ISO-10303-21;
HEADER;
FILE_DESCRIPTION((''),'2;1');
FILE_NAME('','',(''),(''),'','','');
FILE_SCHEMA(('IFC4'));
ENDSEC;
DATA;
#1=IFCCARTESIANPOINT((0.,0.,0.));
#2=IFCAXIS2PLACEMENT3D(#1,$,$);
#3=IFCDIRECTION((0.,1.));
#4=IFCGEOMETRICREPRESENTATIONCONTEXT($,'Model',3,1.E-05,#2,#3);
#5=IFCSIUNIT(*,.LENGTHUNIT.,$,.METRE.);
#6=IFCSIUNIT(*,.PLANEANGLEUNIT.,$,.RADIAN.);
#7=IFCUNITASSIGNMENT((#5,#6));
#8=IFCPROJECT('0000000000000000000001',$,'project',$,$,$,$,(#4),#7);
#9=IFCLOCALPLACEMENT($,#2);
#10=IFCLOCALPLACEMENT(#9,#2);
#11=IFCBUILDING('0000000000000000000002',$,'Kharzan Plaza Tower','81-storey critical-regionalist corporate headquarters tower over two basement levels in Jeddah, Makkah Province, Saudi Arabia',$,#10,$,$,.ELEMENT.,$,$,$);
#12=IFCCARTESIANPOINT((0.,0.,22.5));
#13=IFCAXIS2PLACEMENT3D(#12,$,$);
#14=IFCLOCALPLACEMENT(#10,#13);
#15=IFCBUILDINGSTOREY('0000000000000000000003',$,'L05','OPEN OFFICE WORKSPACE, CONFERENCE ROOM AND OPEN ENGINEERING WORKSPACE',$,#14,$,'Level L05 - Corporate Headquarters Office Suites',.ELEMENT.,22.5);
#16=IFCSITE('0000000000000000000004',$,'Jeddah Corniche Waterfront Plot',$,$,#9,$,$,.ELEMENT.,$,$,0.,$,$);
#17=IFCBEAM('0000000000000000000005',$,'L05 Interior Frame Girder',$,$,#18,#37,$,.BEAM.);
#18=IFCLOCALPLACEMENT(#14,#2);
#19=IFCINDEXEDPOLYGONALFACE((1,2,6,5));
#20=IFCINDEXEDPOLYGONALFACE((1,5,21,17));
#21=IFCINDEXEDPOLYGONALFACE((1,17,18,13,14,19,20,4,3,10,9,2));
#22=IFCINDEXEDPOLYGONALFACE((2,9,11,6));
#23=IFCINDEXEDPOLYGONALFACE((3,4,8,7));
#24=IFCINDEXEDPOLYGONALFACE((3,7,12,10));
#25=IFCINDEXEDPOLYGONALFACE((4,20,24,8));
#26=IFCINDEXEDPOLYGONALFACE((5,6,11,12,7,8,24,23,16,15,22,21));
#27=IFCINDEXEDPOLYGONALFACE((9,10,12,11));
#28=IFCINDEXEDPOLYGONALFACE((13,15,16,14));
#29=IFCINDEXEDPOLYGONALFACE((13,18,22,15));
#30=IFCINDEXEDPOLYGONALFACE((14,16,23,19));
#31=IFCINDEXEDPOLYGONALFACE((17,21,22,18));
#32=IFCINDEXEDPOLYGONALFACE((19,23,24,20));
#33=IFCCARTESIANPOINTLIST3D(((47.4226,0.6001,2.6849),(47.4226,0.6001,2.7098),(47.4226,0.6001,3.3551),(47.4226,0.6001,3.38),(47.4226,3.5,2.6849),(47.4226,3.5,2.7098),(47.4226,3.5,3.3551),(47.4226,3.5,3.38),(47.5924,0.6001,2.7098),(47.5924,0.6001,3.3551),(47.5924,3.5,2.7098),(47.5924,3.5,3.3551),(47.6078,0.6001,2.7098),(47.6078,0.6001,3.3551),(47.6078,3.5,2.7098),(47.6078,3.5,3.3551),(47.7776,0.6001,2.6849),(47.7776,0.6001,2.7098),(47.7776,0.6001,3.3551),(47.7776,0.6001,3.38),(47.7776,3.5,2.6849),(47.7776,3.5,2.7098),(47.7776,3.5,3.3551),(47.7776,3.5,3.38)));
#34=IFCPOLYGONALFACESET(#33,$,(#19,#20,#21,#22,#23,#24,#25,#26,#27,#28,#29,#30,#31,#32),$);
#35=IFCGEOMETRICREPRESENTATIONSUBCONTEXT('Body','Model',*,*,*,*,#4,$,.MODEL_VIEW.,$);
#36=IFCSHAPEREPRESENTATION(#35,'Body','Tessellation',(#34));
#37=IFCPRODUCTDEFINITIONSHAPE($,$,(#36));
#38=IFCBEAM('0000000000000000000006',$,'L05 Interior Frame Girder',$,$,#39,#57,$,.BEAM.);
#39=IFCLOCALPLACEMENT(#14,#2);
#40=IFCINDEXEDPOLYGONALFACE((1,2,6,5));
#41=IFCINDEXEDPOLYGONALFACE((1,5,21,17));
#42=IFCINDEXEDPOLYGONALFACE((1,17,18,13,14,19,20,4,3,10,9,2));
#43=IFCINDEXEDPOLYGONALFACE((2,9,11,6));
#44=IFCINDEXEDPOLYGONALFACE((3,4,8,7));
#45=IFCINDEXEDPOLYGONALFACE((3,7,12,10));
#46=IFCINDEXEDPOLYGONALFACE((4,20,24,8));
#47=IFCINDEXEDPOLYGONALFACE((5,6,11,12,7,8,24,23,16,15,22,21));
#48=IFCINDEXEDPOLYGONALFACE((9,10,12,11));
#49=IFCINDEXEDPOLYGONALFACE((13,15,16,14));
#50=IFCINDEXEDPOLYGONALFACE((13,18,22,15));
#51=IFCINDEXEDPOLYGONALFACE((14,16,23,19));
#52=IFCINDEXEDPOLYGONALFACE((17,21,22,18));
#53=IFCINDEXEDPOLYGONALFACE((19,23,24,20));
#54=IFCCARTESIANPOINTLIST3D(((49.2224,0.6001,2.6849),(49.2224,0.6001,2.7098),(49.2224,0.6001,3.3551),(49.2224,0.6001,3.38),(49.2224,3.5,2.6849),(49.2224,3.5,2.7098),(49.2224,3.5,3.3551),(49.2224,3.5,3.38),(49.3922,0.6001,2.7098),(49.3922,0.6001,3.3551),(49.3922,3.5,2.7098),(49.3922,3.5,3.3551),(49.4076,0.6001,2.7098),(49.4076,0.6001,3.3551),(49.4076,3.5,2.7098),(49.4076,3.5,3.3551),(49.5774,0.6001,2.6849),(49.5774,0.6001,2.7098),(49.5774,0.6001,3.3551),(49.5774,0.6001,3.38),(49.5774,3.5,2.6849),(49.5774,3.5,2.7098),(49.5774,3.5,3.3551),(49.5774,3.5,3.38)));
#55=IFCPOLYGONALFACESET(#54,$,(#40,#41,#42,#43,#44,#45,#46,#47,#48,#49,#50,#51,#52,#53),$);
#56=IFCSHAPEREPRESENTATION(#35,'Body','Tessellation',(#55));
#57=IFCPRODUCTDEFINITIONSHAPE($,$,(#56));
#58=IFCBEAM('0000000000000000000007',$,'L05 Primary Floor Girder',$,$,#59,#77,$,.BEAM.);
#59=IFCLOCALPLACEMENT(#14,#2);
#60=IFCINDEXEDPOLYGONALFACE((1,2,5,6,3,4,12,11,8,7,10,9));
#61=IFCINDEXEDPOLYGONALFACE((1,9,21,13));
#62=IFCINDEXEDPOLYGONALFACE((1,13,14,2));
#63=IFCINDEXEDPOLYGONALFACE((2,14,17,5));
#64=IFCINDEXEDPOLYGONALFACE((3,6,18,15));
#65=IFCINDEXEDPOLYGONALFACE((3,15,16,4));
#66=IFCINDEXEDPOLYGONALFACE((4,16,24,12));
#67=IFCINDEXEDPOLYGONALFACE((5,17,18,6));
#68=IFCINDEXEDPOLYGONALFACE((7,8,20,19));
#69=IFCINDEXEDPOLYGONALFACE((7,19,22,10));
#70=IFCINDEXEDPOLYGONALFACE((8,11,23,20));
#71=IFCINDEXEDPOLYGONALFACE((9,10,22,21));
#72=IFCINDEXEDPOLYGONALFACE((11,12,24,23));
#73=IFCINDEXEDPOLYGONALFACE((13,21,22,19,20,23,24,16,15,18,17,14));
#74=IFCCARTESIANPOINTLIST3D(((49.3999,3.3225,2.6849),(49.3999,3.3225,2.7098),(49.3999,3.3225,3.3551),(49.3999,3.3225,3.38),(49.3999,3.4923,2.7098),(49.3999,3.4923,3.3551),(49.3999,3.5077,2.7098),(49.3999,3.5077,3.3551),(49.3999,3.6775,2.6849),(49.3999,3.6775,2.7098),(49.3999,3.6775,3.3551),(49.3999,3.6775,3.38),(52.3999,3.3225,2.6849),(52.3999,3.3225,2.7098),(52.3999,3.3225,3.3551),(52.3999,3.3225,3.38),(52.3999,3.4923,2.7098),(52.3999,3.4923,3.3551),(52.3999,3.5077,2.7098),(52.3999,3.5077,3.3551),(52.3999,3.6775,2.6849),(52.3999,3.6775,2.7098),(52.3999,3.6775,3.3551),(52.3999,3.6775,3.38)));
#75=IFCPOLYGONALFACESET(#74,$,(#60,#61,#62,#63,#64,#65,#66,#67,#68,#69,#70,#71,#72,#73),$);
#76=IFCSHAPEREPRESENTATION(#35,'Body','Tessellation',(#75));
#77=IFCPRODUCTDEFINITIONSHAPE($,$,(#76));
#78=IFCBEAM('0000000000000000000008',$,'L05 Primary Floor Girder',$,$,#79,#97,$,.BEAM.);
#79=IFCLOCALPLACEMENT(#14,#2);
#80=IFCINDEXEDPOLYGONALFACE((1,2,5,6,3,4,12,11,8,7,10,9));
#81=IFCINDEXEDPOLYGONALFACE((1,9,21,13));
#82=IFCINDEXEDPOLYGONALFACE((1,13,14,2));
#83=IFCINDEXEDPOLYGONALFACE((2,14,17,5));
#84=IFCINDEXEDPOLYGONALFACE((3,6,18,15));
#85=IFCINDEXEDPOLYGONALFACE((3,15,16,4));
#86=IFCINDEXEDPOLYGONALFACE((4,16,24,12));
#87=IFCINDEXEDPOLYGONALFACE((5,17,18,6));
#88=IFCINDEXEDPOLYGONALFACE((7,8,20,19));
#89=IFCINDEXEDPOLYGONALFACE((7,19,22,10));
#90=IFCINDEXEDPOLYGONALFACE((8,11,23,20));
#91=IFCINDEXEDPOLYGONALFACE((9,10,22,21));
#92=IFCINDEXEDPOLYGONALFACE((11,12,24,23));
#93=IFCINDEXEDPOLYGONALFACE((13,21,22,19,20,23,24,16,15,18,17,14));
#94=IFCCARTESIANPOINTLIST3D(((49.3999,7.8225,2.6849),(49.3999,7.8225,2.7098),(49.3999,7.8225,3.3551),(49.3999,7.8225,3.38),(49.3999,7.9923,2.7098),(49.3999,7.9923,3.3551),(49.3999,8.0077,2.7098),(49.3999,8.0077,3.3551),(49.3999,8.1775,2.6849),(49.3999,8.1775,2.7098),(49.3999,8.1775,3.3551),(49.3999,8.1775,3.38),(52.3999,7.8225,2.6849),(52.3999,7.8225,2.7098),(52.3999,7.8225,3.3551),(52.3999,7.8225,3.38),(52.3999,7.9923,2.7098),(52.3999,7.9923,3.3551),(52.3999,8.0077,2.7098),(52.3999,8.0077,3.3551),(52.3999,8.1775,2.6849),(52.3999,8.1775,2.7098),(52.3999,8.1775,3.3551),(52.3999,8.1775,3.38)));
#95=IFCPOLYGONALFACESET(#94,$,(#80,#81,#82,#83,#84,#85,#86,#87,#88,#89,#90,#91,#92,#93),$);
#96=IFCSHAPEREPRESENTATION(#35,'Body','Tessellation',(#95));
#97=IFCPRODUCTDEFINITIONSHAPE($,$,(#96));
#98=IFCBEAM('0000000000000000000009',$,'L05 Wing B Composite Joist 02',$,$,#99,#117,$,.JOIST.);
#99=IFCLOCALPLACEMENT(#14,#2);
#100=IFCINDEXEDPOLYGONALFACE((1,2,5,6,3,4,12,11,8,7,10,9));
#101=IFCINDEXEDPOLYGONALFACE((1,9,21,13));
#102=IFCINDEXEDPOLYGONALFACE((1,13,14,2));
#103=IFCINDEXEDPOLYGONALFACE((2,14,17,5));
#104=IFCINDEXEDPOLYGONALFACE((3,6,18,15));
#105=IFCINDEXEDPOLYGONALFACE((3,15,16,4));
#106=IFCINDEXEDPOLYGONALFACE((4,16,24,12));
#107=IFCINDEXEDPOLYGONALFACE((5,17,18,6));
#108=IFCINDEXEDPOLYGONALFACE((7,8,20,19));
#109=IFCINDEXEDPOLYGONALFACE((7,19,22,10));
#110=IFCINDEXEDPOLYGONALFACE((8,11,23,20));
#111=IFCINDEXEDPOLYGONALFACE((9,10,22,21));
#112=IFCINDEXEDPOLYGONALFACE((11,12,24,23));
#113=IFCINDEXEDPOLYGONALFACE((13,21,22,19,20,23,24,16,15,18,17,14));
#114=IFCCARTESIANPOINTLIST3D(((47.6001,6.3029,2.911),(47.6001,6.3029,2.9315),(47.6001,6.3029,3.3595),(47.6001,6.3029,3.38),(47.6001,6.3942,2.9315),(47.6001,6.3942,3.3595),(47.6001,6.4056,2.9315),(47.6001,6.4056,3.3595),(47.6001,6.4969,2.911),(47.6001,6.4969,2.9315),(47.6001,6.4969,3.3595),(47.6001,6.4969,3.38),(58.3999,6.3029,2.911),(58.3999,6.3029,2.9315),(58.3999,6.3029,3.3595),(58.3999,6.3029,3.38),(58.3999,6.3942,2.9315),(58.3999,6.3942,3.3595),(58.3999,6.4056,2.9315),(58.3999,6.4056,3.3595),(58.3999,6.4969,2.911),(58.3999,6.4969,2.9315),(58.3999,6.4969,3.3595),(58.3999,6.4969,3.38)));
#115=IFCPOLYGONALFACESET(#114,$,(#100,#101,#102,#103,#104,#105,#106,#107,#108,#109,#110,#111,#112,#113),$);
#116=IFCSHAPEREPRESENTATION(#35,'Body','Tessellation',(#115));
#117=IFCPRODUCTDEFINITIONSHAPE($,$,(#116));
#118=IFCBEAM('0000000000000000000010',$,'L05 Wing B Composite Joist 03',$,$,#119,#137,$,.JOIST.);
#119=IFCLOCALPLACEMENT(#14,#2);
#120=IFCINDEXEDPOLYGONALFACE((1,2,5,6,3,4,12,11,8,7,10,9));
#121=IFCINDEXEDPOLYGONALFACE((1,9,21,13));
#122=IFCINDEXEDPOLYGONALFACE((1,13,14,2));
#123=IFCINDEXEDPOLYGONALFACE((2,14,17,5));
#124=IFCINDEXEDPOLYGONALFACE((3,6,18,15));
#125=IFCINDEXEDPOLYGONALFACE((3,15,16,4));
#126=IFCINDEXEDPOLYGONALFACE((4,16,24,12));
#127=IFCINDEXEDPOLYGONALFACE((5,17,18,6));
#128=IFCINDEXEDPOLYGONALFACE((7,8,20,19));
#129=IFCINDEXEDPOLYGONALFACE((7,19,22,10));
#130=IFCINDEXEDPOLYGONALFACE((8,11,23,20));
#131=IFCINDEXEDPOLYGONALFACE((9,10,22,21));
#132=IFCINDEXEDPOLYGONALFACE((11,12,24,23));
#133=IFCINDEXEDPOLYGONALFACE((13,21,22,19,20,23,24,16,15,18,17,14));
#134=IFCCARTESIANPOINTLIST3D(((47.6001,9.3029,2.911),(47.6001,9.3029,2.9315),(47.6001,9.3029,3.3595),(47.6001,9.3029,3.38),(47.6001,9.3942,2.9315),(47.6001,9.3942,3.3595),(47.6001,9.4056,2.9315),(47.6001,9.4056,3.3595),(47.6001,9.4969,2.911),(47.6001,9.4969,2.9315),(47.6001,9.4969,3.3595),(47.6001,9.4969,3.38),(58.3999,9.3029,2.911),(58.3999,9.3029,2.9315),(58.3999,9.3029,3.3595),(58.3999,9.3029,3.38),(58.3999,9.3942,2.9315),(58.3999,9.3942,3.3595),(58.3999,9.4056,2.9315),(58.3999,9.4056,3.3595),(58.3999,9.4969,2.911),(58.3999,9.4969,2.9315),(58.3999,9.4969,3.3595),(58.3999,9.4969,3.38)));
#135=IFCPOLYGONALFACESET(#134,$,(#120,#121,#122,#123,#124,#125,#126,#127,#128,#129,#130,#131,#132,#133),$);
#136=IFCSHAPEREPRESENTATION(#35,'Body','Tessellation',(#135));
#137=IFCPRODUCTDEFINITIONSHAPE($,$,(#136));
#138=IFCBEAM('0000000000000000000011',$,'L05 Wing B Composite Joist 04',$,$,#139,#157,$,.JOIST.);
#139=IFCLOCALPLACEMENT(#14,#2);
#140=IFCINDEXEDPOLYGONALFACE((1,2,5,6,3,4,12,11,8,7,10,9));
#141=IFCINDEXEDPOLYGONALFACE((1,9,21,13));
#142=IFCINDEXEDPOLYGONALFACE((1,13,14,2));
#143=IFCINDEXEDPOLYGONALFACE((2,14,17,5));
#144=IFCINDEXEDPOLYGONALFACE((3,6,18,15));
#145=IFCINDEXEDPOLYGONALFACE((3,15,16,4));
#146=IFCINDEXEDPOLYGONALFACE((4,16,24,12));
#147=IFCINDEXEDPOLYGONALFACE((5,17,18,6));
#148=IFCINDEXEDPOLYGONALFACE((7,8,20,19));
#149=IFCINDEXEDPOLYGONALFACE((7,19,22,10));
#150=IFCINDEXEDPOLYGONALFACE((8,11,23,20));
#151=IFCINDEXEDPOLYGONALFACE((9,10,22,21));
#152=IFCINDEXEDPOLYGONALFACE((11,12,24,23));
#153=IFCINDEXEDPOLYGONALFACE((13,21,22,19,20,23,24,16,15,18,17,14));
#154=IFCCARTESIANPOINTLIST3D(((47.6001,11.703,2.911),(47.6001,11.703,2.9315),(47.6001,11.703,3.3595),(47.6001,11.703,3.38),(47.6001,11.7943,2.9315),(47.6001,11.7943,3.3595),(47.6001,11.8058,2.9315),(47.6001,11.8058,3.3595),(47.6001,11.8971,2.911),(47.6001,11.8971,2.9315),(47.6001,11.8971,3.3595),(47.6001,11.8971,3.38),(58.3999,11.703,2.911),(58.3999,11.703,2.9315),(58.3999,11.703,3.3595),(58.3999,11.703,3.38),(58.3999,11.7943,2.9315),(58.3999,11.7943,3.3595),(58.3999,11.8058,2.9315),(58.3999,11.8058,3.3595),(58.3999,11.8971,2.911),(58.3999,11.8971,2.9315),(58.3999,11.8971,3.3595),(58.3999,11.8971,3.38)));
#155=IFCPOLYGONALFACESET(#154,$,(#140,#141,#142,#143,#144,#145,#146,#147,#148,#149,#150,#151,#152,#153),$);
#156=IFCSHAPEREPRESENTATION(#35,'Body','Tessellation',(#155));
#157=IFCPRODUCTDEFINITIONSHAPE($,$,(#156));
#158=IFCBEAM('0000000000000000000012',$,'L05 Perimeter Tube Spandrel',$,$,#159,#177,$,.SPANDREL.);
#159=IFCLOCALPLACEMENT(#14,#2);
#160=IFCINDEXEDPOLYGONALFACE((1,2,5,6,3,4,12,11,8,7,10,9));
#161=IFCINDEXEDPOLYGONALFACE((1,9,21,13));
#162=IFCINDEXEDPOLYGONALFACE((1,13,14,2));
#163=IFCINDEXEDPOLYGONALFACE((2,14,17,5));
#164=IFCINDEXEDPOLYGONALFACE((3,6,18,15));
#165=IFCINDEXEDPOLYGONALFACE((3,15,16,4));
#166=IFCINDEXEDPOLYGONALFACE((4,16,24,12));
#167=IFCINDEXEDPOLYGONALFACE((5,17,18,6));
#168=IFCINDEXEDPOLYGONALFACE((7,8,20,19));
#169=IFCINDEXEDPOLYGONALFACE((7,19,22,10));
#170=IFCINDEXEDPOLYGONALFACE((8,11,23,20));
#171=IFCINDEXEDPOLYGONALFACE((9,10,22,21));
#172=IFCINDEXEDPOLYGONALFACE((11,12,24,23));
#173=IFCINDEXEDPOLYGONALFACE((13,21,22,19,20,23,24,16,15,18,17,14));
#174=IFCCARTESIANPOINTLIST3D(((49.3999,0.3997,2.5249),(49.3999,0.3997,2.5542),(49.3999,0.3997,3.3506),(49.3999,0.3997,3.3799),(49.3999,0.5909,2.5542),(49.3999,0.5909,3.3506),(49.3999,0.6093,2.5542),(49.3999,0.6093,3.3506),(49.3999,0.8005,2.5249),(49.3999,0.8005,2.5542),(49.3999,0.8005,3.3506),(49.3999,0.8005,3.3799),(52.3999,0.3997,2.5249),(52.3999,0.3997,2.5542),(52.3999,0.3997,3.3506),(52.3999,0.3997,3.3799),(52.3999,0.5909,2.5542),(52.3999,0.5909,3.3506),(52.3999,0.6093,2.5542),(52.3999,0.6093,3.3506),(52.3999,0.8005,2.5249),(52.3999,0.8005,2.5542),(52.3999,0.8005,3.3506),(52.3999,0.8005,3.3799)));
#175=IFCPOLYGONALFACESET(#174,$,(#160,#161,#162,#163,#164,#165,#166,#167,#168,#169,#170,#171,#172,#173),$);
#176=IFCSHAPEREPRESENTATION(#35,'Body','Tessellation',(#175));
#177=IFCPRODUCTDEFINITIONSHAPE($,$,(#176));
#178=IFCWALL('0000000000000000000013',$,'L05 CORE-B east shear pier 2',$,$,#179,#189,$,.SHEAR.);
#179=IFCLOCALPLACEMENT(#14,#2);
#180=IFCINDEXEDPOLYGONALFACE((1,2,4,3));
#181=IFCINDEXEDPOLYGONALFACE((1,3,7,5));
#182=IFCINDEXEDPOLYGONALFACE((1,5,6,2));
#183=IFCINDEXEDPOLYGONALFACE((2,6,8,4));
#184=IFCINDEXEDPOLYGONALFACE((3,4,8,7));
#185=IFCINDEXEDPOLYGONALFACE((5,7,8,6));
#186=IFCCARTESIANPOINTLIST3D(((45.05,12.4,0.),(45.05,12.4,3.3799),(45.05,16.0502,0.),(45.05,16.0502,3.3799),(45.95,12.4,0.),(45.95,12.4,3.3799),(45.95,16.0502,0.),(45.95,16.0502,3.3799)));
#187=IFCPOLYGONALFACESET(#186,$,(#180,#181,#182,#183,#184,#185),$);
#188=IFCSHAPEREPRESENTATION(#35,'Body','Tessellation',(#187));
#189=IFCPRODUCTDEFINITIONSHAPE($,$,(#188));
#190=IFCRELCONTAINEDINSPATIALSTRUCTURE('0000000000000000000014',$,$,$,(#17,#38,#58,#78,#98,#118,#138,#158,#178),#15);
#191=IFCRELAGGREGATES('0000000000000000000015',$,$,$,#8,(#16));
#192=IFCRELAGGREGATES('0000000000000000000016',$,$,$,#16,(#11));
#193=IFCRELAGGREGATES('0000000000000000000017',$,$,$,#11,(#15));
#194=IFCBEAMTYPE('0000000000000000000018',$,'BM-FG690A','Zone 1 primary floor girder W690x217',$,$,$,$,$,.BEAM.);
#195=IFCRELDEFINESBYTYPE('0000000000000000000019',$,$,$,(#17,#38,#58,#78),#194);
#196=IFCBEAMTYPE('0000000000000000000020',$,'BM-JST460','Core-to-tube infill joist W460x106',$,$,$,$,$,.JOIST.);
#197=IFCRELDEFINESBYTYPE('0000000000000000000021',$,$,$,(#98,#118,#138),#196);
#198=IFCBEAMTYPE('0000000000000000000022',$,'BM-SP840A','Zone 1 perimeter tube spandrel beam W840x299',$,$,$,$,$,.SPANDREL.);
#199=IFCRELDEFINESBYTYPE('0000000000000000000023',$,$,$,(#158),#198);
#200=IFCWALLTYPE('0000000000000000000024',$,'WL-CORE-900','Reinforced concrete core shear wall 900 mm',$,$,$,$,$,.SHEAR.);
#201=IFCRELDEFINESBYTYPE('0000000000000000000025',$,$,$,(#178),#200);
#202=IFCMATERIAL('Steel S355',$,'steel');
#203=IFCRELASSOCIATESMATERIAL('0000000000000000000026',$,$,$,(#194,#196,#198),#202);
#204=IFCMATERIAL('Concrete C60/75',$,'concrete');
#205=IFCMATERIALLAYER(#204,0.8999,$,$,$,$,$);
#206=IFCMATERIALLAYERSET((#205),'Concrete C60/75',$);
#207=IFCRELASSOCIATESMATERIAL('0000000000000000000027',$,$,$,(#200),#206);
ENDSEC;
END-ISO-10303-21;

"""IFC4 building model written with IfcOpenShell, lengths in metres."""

from ifc_helpers import new_model, si_unit, direction, frame, frame_2d, origin, origin_2d, place, context, subcontext, project, spatial, rectangle, i_section, extrude, source, transform, mapped, material, layer, layer_set, material_profile, profile_set, type_object, element, save


model = new_model("IFC4")

# Units and contexts
model_context = context("Model", 3, precision=1e-05, world=origin(), true_north=direction((0.0, 1.0)))
body_context = subcontext(model_context, "Body", "Model", "MODEL_VIEW")
ifc_project = project(units=[si_unit("LENGTHUNIT", "METRE"), si_unit("PLANEANGLEUNIT", "RADIAN")], contexts=[model_context])

# Site, building, storey
site_placement = place(None, origin())
site = spatial("IfcSite", under=ifc_project, at=site_placement, Name="Jeddah Corniche Waterfront Plot", CompositionType="ELEMENT", RefElevation=0.0)
building_placement = place(site_placement, origin())
building = spatial("IfcBuilding", under=site, at=building_placement, Name="Kharzan Plaza Tower", Description="81-storey critical-regionalist corporate headquarters tower over two basement levels in Jeddah, Makkah Province, Saudi Arabia", CompositionType="ELEMENT")
storey_placement = place(building_placement, frame((0.0, 0.0, 22.5)))
storey = spatial("IfcBuildingStorey", under=building, at=storey_placement, Name="L05", Description="OPEN OFFICE WORKSPACE, CONFERENCE ROOM AND OPEN ENGINEERING WORKSPACE", LongName="Level L05 - Corporate Headquarters Office Suites", CompositionType="ELEMENT", Elevation=22.5)

# Shared definitions
ifc_material_1 = material(Name="Concrete C60/75", Category="concrete")

# Beams
ifc_material_2 = material(Name="Steel S355", Category="steel")
ifc_material_profile_1 = material_profile(ifc_material_2, i_section(OverallWidth=0.355, OverallDepth=0.6951, WebThickness=0.0154, FlangeThickness=0.0249, at=origin_2d()), Name="W690x217")
ifc_profile_set_1 = profile_set([ifc_material_profile_1], Name="Steel S355")
beam_type_1 = type_object("IfcBeamType", Name="BM-FG690A", Description="Zone 1 primary floor girder W690x217", PredefinedType="BEAM", material=ifc_profile_set_1)
shared_shape_1 = source(origin(), body_context, "Body", "SweptSolid", [
    extrude(i_section(OverallWidth=0.355, OverallDepth=0.6951, WebThickness=0.0154, FlangeThickness=0.0249, at=origin_2d()), origin(), (0.0, 0.0, 1.0), 2.8999),
])
for number, where, z_axis, x_axis, name in (
    (1, (47.6001, 0.6001, 3.0325), (0.0, 1.0, 0.0), (-1.0, 0.0, 0.0), "L05 Interior Frame Girder"),
    (2, (49.3999, 0.6001, 3.0325), (0.0, 1.0, 0.0), (-1.0, 0.0, 0.0), "L05 Interior Frame Girder"),
):
    element("IfcBeam", number, at=place(storey_placement, frame(where, z_axis=z_axis, x_axis=x_axis)), inside=storey, type_object=beam_type_1, Name=name, PredefinedType="BEAM", context=body_context, shape_type="MappedRepresentation", body=[
        mapped(shared_shape_1, transform((0.0, 0.0, 0.0), x_axis=(1.0, 0.0, 0.0), y_axis=(0.0, 1.0, 0.0), z_axis=(0.0, 0.0, 1.0))),
    ])
shared_shape_2 = source(origin(), body_context, "Body", "SweptSolid", [
    extrude(i_section(OverallWidth=0.355, OverallDepth=0.6951, WebThickness=0.0154, FlangeThickness=0.0249, at=origin_2d()), origin(), (0.0, 0.0, 1.0), 3.0),
])
for number, where, z_axis, x_axis, name in (
    (3, (49.3999, 3.5, 3.0325), (1.0, 0.0, 0.0), (0.0, 1.0, 0.0), "L05 Primary Floor Girder"),
    (4, (49.3999, 8.0, 3.0325), (1.0, 0.0, 0.0), (0.0, 1.0, 0.0), "L05 Primary Floor Girder"),
):
    element("IfcBeam", number, at=place(storey_placement, frame(where, z_axis=z_axis, x_axis=x_axis)), inside=storey, type_object=beam_type_1, Name=name, PredefinedType="BEAM", context=body_context, shape_type="MappedRepresentation", body=[
        mapped(shared_shape_2, transform((0.0, 0.0, 0.0), x_axis=(1.0, 0.0, 0.0), y_axis=(0.0, 1.0, 0.0), z_axis=(0.0, 0.0, 1.0))),
    ])
ifc_material_profile_2 = material_profile(ifc_material_2, i_section(OverallWidth=0.1941, OverallDepth=0.469, WebThickness=0.0115, FlangeThickness=0.0205, at=origin_2d()), Name="W460x106")
ifc_profile_set_2 = profile_set([ifc_material_profile_2], Name="Steel S355")
beam_type_2 = type_object("IfcBeamType", Name="BM-JST460", Description="Core-to-tube infill joist W460x106", PredefinedType="JOIST", material=ifc_profile_set_2)
shared_shape_3 = source(origin(), body_context, "Body", "SweptSolid", [
    extrude(i_section(OverallWidth=0.1941, OverallDepth=0.469, WebThickness=0.0115, FlangeThickness=0.0205, at=origin_2d()), origin(), (0.0, 0.0, 1.0), 10.7998),
])
for number, where, z_axis, x_axis, name in (
    (5, (47.6001, 6.3999, 3.1455), (1.0, 0.0, 0.0), (0.0, 1.0, 0.0), "L05 Wing B Composite Joist 02"),
    (6, (47.6001, 9.3999, 3.1455), (1.0, 0.0, 0.0), (0.0, 1.0, 0.0), "L05 Wing B Composite Joist 03"),
    (7, (47.6001, 11.8, 3.1455), (1.0, 0.0, 0.0), (0.0, 1.0, 0.0), "L05 Wing B Composite Joist 04"),
):
    element("IfcBeam", number, at=place(storey_placement, frame(where, z_axis=z_axis, x_axis=x_axis)), inside=storey, type_object=beam_type_2, Name=name, PredefinedType="JOIST", context=body_context, shape_type="MappedRepresentation", body=[
        mapped(shared_shape_3, transform((0.0, 0.0, 0.0), x_axis=(1.0, 0.0, 0.0), y_axis=(0.0, 1.0, 0.0), z_axis=(0.0, 0.0, 1.0))),
    ])
ifc_material_profile_3 = material_profile(ifc_material_2, i_section(OverallWidth=0.4009, OverallDepth=0.855, WebThickness=0.0183, FlangeThickness=0.0293, at=origin_2d()), Name="W840x299")
ifc_profile_set_3 = profile_set([ifc_material_profile_3], Name="Steel S355")
beam_type_3 = type_object("IfcBeamType", Name="BM-SP840A", Description="Zone 1 perimeter tube spandrel beam W840x299", PredefinedType="SPANDREL", material=ifc_profile_set_3)
shared_shape_4 = source(origin(), body_context, "Body", "SweptSolid", [
    extrude(i_section(OverallWidth=0.4009, OverallDepth=0.855, WebThickness=0.0183, FlangeThickness=0.0293, at=origin_2d()), origin(), (0.0, 0.0, 1.0), 3.0),
])
beam_1_placement = place(storey_placement, frame((49.3999, 0.6001, 2.9524), z_axis=(1.0, 0.0, 0.0), x_axis=(0.0, 1.0, 0.0)))
element("IfcBeam", 8, at=beam_1_placement, inside=storey, type_object=beam_type_3, Name="L05 Perimeter Tube Spandrel", PredefinedType="SPANDREL", context=body_context, shape_type="MappedRepresentation", body=[
    mapped(shared_shape_4, transform((0.0, 0.0, 0.0), x_axis=(1.0, 0.0, 0.0), y_axis=(0.0, 1.0, 0.0), z_axis=(0.0, 0.0, 1.0))),
])

# Wall
ifc_layer_1 = layer(ifc_material_1, 0.8999)
ifc_layer_set_1 = layer_set([ifc_layer_1], Name="Concrete C60/75")
wall_type_1 = type_object("IfcWallType", Name="WL-CORE-900", Description="Reinforced concrete core shear wall 900 mm", PredefinedType="SHEAR", material=ifc_layer_set_1)
shared_shape_5 = source(origin(), body_context, "Body", "SweptSolid", [
    extrude(rectangle(XDim=3.6501, YDim=0.8999, at=frame_2d((1.8252, 0.0))), origin(), (0.0, 0.0, 1.0), 3.3799),
])
wall_1_placement = place(storey_placement, frame((45.5, 12.3999, 0.0), z_axis=(0.0, 0.0, 1.0), x_axis=(0.0, 1.0, 0.0)))
element("IfcWall", 9, at=wall_1_placement, inside=storey, type_object=wall_type_1, Name="L05 CORE-B east shear pier 2", PredefinedType="SHEAR", context=body_context, shape_type="MappedRepresentation", body=[
    mapped(shared_shape_5, transform((0.0, 0.0, 0.0), x_axis=(1.0, 0.0, 0.0), y_axis=(0.0, 1.0, 0.0), z_axis=(0.0, 0.0, 1.0))),
])

save(model, "model.ifc")
